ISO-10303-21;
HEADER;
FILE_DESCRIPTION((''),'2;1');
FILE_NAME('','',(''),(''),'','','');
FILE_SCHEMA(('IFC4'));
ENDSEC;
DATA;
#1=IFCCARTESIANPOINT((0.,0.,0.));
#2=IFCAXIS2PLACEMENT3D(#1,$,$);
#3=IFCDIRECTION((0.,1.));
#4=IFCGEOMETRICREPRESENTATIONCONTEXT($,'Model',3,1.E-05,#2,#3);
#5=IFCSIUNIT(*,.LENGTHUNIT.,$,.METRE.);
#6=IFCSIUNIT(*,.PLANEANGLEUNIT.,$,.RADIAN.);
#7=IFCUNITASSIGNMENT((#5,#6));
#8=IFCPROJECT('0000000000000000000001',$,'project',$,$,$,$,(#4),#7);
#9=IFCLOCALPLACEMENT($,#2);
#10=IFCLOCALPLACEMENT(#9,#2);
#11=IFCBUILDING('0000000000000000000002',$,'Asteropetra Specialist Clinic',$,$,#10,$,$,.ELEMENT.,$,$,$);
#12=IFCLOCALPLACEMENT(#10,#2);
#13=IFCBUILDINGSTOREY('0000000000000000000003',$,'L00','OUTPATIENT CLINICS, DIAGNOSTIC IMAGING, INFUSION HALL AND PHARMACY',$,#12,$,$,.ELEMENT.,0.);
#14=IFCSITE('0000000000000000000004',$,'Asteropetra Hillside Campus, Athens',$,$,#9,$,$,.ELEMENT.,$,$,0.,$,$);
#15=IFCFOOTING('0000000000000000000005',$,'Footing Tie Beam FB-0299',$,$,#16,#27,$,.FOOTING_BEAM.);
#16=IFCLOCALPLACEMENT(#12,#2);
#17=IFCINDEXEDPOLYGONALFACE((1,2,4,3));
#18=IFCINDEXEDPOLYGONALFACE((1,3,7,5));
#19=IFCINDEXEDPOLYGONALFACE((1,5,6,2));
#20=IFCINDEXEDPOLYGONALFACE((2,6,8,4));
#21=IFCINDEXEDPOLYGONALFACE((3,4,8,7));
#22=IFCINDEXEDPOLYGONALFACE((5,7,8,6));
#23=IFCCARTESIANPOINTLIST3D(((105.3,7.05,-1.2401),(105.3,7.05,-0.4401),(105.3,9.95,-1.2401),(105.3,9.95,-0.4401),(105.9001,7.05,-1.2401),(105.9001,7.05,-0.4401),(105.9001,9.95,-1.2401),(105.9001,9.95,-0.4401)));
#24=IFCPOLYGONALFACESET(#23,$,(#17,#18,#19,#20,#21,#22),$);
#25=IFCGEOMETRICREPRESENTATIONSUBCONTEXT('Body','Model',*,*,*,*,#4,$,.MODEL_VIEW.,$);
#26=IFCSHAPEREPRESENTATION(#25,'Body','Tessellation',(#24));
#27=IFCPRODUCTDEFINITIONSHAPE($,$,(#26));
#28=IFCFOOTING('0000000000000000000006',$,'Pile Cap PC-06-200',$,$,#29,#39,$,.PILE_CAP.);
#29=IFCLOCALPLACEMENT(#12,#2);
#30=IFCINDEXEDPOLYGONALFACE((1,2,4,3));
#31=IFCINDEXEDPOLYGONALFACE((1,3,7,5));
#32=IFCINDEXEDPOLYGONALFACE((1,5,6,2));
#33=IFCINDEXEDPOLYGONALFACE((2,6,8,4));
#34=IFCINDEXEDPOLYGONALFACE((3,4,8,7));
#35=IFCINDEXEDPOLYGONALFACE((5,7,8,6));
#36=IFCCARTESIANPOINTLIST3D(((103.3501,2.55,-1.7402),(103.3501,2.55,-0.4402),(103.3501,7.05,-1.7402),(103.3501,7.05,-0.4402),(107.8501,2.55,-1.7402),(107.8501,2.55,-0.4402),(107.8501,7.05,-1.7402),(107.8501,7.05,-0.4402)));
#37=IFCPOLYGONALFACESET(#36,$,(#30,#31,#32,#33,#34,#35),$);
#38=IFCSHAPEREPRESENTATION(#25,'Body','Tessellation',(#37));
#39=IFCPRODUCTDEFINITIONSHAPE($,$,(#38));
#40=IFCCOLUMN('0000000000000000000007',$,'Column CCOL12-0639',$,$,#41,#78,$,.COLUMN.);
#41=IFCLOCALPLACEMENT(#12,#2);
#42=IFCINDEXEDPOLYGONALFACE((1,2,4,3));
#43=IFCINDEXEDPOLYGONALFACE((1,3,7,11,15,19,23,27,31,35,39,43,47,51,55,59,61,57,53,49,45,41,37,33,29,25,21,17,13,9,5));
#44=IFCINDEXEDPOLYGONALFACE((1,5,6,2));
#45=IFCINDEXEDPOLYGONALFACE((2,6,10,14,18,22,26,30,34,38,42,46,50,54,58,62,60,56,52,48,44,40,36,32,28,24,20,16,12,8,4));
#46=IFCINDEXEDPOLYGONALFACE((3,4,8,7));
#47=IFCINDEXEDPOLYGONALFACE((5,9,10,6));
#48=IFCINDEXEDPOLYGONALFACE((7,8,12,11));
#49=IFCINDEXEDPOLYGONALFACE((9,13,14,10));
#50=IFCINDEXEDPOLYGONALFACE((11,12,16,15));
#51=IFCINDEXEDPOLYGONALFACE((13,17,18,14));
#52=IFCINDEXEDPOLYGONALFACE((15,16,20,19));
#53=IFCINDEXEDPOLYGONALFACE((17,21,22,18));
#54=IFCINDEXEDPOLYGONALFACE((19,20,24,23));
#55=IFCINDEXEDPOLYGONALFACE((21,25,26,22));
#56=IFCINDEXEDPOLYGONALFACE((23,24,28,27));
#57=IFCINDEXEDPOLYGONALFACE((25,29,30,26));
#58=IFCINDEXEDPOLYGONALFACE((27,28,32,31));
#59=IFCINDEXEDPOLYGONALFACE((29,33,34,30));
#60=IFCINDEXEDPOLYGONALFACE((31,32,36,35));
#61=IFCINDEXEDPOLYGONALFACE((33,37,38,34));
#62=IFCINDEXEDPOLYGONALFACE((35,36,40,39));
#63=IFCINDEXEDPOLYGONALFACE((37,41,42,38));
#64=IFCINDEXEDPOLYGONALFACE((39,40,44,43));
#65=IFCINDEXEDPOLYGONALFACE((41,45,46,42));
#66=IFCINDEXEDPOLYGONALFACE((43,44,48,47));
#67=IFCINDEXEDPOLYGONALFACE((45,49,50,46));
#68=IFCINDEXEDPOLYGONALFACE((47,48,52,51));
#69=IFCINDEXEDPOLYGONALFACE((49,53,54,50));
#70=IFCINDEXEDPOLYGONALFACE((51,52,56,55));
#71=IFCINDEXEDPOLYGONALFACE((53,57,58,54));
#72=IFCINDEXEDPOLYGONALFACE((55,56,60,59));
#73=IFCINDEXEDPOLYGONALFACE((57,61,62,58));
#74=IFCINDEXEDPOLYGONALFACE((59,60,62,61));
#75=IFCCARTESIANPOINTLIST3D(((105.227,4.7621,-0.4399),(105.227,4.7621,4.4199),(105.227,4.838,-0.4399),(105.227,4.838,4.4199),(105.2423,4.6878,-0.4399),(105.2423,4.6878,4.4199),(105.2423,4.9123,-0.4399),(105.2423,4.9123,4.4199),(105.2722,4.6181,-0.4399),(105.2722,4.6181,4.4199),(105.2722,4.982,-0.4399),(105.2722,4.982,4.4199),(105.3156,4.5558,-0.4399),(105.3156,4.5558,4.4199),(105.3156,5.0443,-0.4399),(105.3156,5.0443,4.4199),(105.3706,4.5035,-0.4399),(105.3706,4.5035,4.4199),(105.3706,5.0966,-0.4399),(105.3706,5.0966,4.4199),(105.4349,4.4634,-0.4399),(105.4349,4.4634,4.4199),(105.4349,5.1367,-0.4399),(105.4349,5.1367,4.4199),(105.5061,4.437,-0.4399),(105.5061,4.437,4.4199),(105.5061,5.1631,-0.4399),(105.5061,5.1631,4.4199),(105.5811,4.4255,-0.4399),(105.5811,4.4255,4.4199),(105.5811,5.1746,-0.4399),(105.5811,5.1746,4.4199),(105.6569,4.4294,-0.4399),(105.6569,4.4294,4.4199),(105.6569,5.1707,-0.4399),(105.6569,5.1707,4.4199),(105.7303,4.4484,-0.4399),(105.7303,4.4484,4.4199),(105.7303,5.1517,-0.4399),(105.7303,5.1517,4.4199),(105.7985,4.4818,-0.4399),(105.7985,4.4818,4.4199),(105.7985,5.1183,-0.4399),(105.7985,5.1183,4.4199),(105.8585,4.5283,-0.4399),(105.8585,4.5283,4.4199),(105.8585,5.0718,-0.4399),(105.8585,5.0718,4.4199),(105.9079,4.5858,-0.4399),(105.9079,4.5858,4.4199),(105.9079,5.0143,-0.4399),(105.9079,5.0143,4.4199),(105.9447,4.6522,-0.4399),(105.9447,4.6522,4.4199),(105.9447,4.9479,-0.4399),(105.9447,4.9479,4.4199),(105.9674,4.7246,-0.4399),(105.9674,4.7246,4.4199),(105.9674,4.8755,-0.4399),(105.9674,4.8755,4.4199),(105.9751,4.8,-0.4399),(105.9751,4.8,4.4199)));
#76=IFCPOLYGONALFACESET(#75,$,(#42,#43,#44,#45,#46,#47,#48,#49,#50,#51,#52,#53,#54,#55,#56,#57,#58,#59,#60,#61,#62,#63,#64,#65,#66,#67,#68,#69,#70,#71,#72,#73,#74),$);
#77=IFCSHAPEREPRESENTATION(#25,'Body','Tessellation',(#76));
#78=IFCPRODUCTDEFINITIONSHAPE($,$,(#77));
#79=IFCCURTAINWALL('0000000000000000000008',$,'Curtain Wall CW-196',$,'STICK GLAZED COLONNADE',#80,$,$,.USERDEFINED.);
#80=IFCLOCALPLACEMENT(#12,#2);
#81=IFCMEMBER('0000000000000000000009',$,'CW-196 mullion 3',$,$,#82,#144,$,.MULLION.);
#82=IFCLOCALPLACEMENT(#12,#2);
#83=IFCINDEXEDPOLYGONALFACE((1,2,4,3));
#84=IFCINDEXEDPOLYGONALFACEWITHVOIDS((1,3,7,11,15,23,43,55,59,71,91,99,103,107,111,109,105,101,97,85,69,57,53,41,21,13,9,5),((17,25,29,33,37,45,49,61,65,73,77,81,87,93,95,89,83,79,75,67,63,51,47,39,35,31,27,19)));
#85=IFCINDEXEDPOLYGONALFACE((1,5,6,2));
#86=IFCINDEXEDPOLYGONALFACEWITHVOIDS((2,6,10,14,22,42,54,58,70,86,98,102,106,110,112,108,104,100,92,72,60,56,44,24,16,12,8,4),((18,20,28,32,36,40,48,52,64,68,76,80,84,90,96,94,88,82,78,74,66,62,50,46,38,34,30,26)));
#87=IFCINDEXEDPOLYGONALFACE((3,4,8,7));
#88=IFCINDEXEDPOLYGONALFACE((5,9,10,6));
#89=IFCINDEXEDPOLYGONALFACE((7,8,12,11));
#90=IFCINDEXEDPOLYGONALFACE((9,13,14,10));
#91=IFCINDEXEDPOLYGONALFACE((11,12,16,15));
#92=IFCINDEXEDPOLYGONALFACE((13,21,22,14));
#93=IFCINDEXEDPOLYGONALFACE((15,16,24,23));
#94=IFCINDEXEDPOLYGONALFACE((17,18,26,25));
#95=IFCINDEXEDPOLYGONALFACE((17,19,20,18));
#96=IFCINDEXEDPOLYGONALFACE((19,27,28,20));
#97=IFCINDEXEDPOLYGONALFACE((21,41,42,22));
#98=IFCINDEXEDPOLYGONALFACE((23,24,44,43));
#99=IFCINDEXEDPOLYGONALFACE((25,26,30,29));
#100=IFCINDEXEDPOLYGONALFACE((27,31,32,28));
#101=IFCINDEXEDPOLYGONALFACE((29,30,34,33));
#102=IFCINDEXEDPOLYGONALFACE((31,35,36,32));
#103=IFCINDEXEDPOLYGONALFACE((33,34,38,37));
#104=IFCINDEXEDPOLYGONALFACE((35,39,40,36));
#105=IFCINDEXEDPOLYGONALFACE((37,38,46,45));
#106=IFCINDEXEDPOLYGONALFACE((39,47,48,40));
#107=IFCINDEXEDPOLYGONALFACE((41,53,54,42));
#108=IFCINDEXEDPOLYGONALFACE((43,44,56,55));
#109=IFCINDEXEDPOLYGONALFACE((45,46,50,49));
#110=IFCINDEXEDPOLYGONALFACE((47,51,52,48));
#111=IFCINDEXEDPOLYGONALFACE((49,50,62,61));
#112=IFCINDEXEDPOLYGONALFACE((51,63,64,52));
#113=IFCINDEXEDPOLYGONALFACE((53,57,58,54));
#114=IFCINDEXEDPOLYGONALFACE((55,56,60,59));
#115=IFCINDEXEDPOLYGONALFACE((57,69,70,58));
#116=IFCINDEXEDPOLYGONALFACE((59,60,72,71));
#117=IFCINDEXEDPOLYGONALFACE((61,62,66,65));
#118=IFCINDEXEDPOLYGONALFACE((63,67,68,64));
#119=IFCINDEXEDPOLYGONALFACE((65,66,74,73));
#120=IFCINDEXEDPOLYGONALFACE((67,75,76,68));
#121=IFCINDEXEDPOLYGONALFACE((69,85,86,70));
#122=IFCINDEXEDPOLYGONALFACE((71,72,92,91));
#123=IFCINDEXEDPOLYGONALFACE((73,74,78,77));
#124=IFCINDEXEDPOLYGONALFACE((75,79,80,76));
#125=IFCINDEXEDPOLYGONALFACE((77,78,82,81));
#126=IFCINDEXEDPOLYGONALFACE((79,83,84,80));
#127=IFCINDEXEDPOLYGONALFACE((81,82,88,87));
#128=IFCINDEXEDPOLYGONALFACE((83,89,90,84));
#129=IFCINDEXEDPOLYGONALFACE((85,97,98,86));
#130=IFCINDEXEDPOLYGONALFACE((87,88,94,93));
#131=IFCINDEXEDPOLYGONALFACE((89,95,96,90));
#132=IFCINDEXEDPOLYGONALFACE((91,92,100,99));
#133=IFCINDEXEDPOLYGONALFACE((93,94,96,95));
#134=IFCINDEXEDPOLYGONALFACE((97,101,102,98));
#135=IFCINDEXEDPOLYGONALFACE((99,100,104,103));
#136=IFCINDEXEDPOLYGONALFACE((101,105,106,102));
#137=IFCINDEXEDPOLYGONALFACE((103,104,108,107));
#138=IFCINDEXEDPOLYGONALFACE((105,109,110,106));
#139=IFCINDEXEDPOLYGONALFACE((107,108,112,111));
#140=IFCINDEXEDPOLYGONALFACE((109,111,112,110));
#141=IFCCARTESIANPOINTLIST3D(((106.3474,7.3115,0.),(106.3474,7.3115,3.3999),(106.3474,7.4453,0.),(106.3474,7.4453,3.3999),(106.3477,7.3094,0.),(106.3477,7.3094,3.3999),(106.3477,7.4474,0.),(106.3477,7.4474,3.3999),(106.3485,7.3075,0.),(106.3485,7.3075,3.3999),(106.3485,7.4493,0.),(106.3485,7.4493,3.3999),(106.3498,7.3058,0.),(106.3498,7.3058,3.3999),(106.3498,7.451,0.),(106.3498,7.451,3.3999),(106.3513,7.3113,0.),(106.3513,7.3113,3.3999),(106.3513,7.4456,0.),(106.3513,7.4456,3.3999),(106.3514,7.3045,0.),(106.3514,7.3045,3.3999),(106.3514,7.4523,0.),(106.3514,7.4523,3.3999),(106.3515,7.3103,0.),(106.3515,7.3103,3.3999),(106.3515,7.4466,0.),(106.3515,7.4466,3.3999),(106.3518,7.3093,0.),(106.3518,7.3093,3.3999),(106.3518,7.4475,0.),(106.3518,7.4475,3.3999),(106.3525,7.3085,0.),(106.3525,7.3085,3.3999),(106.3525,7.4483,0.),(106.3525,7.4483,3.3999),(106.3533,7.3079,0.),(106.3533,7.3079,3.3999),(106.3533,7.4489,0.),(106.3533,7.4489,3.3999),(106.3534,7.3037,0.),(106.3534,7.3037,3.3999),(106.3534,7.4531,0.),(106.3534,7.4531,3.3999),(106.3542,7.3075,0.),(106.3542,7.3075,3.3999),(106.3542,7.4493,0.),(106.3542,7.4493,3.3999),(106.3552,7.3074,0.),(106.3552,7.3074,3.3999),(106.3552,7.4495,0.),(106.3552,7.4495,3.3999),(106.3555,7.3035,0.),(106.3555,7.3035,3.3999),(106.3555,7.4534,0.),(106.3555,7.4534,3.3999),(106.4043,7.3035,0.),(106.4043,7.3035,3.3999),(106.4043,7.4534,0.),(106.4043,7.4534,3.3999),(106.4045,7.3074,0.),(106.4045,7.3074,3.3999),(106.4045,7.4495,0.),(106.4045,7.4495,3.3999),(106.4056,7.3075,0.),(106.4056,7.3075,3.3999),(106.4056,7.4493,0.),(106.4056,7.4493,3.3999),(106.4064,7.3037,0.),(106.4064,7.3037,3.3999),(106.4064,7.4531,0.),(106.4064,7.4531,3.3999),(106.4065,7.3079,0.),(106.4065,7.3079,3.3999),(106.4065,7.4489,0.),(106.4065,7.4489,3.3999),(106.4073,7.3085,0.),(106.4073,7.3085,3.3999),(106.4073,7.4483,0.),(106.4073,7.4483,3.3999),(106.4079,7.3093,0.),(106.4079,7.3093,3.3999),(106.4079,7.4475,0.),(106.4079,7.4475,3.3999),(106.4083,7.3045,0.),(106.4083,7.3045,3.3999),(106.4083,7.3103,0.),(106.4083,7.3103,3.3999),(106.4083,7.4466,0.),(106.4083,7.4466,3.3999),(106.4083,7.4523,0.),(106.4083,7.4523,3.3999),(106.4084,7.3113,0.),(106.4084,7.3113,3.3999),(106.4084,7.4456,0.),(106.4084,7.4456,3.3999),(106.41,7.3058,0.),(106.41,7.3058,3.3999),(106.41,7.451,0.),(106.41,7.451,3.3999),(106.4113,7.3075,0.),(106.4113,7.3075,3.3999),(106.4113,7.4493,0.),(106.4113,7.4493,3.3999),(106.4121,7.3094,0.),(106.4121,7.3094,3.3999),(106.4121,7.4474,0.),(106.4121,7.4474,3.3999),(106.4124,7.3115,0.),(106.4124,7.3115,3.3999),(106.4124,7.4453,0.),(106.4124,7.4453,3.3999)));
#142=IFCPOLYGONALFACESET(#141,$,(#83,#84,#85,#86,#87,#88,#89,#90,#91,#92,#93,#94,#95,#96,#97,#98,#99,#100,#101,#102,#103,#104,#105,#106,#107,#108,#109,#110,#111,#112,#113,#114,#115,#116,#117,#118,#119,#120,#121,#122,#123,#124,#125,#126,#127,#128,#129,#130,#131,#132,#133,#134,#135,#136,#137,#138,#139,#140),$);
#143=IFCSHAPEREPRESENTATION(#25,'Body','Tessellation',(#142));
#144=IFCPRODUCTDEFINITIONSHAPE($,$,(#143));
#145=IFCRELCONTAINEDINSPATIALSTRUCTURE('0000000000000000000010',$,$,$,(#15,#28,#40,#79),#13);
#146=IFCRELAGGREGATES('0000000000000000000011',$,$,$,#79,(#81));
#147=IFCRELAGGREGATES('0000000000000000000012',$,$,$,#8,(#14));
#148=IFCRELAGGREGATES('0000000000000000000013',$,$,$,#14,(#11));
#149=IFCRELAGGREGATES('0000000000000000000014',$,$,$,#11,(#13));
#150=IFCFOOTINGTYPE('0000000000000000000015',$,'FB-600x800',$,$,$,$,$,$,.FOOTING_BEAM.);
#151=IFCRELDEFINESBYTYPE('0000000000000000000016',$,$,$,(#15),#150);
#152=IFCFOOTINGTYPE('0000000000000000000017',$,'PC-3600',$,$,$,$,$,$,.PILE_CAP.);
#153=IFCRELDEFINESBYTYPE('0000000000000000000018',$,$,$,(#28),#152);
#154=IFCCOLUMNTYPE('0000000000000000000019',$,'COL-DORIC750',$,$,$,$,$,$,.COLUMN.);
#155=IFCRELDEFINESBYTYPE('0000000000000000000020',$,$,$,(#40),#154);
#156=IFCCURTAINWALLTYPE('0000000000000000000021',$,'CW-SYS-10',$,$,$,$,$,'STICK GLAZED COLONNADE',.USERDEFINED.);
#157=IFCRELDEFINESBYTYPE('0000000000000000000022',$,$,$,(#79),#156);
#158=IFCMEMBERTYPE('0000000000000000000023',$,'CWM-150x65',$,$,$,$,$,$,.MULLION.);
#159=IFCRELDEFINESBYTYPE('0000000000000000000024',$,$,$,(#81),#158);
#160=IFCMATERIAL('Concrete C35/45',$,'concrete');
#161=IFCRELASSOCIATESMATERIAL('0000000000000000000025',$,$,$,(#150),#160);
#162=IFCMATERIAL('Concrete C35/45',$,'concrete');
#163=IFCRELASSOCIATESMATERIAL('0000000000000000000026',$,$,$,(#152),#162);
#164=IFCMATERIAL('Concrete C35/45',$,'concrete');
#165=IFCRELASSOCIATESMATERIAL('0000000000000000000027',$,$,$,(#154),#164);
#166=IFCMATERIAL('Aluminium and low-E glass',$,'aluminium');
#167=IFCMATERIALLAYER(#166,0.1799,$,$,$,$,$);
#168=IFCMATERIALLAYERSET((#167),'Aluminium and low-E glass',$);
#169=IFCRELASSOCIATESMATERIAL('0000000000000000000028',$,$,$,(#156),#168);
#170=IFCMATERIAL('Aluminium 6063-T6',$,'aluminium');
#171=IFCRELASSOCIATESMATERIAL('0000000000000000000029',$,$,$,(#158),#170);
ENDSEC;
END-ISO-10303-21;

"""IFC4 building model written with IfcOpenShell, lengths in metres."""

from ifc_helpers import new_model, si_unit, direction, frame, origin, origin_2d, place, context, subcontext, project, spatial, rectangle, hollow_rectangle, circle, extrude, material, layer, layer_set, material_profile, profile_set, type_object, element, aggregate, save


model = new_model("IFC4")

# Units and contexts
model_context = context("Model", 3, precision=1e-05, world=origin(), true_north=direction((0.0, 1.0)))
body_context = subcontext(model_context, "Body", "Model", "MODEL_VIEW")
ifc_project = project(units=[si_unit("LENGTHUNIT", "METRE"), si_unit("PLANEANGLEUNIT", "RADIAN")], contexts=[model_context])

# Site, building, storey
site_placement = place(None, origin())
site = spatial("IfcSite", under=ifc_project, at=site_placement, Name="Asteropetra Hillside Campus, Athens", CompositionType="ELEMENT", RefElevation=0.0)
building_placement = place(site_placement, origin())
building = spatial("IfcBuilding", under=site, at=building_placement, Name="Asteropetra Specialist Clinic", CompositionType="ELEMENT")
storey_placement = place(building_placement, origin())
storey = spatial("IfcBuildingStorey", under=building, at=storey_placement, Name="L00", Description="OUTPATIENT CLINICS, DIAGNOSTIC IMAGING, INFUSION HALL AND PHARMACY", CompositionType="ELEMENT", Elevation=0.0)

# Footings
ifc_material_1 = material(Name="Concrete C35/45", Category="concrete")
ifc_material_profile_1 = material_profile(ifc_material_1, rectangle(XDim=0.6001, YDim=0.8, at=origin_2d()), Name="FB 600x800")
ifc_profile_set_1 = profile_set([ifc_material_profile_1], Name="Concrete C35/45")
footing_type_1 = type_object("IfcFootingType", Name="FB-600x800", PredefinedType="FOOTING_BEAM", material=ifc_profile_set_1)
footing_1_placement = place(storey_placement, frame((105.6001, 7.05, -0.8401), z_axis=(0.0, 1.0, 0.0), x_axis=(-1.0, 0.0, 0.0)))
element("IfcFooting", 1, at=footing_1_placement, inside=storey, type_object=footing_type_1, Name="Footing Tie Beam FB-0299", PredefinedType="FOOTING_BEAM", context=body_context, shape_type="SweptSolid", body=[
    extrude(rectangle(XDim=0.6001, YDim=0.8, at=origin_2d()), origin(), (0.0, 0.0, 1.0), 2.8999),
])
ifc_material_2 = material(Name="Concrete C35/45", Category="concrete")
footing_type_2 = type_object("IfcFootingType", Name="PC-3600", PredefinedType="PILE_CAP", material=ifc_material_2)
footing_2_placement = place(storey_placement, frame((105.6001, 4.8, -1.7402), z_axis=(0.0, 0.0, 1.0), x_axis=(1.0, 0.0, 0.0)))
element("IfcFooting", 2, at=footing_2_placement, inside=storey, type_object=footing_type_2, Name="Pile Cap PC-06-200", PredefinedType="PILE_CAP", context=body_context, shape_type="SweptSolid", body=[
    extrude(rectangle(XDim=4.5, YDim=4.5, at=origin_2d()), origin(), (0.0, 0.0, 1.0), 1.3),
])

# Column
ifc_material_3 = material(Name="Concrete C35/45", Category="concrete")
ifc_material_profile_2 = material_profile(ifc_material_3, circle(Radius=0.375, at=origin_2d()), Name="RCC D750")
ifc_profile_set_2 = profile_set([ifc_material_profile_2], Name="Concrete C35/45")
column_type = type_object("IfcColumnType", Name="COL-DORIC750", PredefinedType="COLUMN", material=ifc_profile_set_2)
column_placement = place(storey_placement, frame((105.6001, 4.8, -0.4399), z_axis=(0.0, 0.0, 1.0), x_axis=(1.0, 0.0, 0.0)))
element("IfcColumn", 3, at=column_placement, inside=storey, type_object=column_type, Name="Column CCOL12-0639", PredefinedType="COLUMN", context=body_context, shape_type="SweptSolid", body=[
    extrude(circle(Radius=0.375, at=origin_2d()), origin(), (0.0, 0.0, 1.0), 4.8599),
])

# Curtain wall, member
ifc_material_4 = material(Name="Aluminium and low-E glass", Category="aluminium")
ifc_layer_1 = layer(ifc_material_4, 0.1799)
ifc_layer_set_1 = layer_set([ifc_layer_1], Name="Aluminium and low-E glass")
curtain_wall_type = type_object("IfcCurtainWallType", Name="CW-SYS-10", ElementType="STICK GLAZED COLONNADE", PredefinedType="USERDEFINED", material=ifc_layer_set_1)
curtain_wall_placement = place(storey_placement, origin())
curtain_wall = element("IfcCurtainWall", 4, at=curtain_wall_placement, inside=storey, type_object=curtain_wall_type, Name="Curtain Wall CW-196", ObjectType="STICK GLAZED COLONNADE", PredefinedType="USERDEFINED")
ifc_material_5 = material(Name="Aluminium 6063-T6", Category="aluminium")
ifc_material_profile_3 = material_profile(ifc_material_5, hollow_rectangle(XDim=0.0649, YDim=0.1499, WallThickness=0.0039, InnerFilletRadius=0.0039, OuterFilletRadius=0.0081, at=origin_2d()), Name="MUL 150x65x4.0")
ifc_profile_set_3 = profile_set([ifc_material_profile_3], Name="Aluminium 6063-T6")
member_type_1 = type_object("IfcMemberType", Name="CWM-150x65", PredefinedType="MULLION", material=ifc_profile_set_3)
member_1_placement = place(storey_placement, frame((106.3799, 7.3784, 0.0), z_axis=(0.0, 0.0, 1.0), x_axis=(1.0, 0.0, 0.0)))
member_1 = element("IfcMember", 5, at=member_1_placement, type_object=member_type_1, Name="CW-196 mullion 3", PredefinedType="MULLION", context=body_context, shape_type="SweptSolid", body=[
    extrude(hollow_rectangle(XDim=0.0649, YDim=0.1499, WallThickness=0.0039, InnerFilletRadius=0.0039, OuterFilletRadius=0.0081, at=origin_2d()), origin(), (0.0, 0.0, 1.0), 3.3999),
])
aggregate(curtain_wall, [member_1])

save(model, "model.ifc")
